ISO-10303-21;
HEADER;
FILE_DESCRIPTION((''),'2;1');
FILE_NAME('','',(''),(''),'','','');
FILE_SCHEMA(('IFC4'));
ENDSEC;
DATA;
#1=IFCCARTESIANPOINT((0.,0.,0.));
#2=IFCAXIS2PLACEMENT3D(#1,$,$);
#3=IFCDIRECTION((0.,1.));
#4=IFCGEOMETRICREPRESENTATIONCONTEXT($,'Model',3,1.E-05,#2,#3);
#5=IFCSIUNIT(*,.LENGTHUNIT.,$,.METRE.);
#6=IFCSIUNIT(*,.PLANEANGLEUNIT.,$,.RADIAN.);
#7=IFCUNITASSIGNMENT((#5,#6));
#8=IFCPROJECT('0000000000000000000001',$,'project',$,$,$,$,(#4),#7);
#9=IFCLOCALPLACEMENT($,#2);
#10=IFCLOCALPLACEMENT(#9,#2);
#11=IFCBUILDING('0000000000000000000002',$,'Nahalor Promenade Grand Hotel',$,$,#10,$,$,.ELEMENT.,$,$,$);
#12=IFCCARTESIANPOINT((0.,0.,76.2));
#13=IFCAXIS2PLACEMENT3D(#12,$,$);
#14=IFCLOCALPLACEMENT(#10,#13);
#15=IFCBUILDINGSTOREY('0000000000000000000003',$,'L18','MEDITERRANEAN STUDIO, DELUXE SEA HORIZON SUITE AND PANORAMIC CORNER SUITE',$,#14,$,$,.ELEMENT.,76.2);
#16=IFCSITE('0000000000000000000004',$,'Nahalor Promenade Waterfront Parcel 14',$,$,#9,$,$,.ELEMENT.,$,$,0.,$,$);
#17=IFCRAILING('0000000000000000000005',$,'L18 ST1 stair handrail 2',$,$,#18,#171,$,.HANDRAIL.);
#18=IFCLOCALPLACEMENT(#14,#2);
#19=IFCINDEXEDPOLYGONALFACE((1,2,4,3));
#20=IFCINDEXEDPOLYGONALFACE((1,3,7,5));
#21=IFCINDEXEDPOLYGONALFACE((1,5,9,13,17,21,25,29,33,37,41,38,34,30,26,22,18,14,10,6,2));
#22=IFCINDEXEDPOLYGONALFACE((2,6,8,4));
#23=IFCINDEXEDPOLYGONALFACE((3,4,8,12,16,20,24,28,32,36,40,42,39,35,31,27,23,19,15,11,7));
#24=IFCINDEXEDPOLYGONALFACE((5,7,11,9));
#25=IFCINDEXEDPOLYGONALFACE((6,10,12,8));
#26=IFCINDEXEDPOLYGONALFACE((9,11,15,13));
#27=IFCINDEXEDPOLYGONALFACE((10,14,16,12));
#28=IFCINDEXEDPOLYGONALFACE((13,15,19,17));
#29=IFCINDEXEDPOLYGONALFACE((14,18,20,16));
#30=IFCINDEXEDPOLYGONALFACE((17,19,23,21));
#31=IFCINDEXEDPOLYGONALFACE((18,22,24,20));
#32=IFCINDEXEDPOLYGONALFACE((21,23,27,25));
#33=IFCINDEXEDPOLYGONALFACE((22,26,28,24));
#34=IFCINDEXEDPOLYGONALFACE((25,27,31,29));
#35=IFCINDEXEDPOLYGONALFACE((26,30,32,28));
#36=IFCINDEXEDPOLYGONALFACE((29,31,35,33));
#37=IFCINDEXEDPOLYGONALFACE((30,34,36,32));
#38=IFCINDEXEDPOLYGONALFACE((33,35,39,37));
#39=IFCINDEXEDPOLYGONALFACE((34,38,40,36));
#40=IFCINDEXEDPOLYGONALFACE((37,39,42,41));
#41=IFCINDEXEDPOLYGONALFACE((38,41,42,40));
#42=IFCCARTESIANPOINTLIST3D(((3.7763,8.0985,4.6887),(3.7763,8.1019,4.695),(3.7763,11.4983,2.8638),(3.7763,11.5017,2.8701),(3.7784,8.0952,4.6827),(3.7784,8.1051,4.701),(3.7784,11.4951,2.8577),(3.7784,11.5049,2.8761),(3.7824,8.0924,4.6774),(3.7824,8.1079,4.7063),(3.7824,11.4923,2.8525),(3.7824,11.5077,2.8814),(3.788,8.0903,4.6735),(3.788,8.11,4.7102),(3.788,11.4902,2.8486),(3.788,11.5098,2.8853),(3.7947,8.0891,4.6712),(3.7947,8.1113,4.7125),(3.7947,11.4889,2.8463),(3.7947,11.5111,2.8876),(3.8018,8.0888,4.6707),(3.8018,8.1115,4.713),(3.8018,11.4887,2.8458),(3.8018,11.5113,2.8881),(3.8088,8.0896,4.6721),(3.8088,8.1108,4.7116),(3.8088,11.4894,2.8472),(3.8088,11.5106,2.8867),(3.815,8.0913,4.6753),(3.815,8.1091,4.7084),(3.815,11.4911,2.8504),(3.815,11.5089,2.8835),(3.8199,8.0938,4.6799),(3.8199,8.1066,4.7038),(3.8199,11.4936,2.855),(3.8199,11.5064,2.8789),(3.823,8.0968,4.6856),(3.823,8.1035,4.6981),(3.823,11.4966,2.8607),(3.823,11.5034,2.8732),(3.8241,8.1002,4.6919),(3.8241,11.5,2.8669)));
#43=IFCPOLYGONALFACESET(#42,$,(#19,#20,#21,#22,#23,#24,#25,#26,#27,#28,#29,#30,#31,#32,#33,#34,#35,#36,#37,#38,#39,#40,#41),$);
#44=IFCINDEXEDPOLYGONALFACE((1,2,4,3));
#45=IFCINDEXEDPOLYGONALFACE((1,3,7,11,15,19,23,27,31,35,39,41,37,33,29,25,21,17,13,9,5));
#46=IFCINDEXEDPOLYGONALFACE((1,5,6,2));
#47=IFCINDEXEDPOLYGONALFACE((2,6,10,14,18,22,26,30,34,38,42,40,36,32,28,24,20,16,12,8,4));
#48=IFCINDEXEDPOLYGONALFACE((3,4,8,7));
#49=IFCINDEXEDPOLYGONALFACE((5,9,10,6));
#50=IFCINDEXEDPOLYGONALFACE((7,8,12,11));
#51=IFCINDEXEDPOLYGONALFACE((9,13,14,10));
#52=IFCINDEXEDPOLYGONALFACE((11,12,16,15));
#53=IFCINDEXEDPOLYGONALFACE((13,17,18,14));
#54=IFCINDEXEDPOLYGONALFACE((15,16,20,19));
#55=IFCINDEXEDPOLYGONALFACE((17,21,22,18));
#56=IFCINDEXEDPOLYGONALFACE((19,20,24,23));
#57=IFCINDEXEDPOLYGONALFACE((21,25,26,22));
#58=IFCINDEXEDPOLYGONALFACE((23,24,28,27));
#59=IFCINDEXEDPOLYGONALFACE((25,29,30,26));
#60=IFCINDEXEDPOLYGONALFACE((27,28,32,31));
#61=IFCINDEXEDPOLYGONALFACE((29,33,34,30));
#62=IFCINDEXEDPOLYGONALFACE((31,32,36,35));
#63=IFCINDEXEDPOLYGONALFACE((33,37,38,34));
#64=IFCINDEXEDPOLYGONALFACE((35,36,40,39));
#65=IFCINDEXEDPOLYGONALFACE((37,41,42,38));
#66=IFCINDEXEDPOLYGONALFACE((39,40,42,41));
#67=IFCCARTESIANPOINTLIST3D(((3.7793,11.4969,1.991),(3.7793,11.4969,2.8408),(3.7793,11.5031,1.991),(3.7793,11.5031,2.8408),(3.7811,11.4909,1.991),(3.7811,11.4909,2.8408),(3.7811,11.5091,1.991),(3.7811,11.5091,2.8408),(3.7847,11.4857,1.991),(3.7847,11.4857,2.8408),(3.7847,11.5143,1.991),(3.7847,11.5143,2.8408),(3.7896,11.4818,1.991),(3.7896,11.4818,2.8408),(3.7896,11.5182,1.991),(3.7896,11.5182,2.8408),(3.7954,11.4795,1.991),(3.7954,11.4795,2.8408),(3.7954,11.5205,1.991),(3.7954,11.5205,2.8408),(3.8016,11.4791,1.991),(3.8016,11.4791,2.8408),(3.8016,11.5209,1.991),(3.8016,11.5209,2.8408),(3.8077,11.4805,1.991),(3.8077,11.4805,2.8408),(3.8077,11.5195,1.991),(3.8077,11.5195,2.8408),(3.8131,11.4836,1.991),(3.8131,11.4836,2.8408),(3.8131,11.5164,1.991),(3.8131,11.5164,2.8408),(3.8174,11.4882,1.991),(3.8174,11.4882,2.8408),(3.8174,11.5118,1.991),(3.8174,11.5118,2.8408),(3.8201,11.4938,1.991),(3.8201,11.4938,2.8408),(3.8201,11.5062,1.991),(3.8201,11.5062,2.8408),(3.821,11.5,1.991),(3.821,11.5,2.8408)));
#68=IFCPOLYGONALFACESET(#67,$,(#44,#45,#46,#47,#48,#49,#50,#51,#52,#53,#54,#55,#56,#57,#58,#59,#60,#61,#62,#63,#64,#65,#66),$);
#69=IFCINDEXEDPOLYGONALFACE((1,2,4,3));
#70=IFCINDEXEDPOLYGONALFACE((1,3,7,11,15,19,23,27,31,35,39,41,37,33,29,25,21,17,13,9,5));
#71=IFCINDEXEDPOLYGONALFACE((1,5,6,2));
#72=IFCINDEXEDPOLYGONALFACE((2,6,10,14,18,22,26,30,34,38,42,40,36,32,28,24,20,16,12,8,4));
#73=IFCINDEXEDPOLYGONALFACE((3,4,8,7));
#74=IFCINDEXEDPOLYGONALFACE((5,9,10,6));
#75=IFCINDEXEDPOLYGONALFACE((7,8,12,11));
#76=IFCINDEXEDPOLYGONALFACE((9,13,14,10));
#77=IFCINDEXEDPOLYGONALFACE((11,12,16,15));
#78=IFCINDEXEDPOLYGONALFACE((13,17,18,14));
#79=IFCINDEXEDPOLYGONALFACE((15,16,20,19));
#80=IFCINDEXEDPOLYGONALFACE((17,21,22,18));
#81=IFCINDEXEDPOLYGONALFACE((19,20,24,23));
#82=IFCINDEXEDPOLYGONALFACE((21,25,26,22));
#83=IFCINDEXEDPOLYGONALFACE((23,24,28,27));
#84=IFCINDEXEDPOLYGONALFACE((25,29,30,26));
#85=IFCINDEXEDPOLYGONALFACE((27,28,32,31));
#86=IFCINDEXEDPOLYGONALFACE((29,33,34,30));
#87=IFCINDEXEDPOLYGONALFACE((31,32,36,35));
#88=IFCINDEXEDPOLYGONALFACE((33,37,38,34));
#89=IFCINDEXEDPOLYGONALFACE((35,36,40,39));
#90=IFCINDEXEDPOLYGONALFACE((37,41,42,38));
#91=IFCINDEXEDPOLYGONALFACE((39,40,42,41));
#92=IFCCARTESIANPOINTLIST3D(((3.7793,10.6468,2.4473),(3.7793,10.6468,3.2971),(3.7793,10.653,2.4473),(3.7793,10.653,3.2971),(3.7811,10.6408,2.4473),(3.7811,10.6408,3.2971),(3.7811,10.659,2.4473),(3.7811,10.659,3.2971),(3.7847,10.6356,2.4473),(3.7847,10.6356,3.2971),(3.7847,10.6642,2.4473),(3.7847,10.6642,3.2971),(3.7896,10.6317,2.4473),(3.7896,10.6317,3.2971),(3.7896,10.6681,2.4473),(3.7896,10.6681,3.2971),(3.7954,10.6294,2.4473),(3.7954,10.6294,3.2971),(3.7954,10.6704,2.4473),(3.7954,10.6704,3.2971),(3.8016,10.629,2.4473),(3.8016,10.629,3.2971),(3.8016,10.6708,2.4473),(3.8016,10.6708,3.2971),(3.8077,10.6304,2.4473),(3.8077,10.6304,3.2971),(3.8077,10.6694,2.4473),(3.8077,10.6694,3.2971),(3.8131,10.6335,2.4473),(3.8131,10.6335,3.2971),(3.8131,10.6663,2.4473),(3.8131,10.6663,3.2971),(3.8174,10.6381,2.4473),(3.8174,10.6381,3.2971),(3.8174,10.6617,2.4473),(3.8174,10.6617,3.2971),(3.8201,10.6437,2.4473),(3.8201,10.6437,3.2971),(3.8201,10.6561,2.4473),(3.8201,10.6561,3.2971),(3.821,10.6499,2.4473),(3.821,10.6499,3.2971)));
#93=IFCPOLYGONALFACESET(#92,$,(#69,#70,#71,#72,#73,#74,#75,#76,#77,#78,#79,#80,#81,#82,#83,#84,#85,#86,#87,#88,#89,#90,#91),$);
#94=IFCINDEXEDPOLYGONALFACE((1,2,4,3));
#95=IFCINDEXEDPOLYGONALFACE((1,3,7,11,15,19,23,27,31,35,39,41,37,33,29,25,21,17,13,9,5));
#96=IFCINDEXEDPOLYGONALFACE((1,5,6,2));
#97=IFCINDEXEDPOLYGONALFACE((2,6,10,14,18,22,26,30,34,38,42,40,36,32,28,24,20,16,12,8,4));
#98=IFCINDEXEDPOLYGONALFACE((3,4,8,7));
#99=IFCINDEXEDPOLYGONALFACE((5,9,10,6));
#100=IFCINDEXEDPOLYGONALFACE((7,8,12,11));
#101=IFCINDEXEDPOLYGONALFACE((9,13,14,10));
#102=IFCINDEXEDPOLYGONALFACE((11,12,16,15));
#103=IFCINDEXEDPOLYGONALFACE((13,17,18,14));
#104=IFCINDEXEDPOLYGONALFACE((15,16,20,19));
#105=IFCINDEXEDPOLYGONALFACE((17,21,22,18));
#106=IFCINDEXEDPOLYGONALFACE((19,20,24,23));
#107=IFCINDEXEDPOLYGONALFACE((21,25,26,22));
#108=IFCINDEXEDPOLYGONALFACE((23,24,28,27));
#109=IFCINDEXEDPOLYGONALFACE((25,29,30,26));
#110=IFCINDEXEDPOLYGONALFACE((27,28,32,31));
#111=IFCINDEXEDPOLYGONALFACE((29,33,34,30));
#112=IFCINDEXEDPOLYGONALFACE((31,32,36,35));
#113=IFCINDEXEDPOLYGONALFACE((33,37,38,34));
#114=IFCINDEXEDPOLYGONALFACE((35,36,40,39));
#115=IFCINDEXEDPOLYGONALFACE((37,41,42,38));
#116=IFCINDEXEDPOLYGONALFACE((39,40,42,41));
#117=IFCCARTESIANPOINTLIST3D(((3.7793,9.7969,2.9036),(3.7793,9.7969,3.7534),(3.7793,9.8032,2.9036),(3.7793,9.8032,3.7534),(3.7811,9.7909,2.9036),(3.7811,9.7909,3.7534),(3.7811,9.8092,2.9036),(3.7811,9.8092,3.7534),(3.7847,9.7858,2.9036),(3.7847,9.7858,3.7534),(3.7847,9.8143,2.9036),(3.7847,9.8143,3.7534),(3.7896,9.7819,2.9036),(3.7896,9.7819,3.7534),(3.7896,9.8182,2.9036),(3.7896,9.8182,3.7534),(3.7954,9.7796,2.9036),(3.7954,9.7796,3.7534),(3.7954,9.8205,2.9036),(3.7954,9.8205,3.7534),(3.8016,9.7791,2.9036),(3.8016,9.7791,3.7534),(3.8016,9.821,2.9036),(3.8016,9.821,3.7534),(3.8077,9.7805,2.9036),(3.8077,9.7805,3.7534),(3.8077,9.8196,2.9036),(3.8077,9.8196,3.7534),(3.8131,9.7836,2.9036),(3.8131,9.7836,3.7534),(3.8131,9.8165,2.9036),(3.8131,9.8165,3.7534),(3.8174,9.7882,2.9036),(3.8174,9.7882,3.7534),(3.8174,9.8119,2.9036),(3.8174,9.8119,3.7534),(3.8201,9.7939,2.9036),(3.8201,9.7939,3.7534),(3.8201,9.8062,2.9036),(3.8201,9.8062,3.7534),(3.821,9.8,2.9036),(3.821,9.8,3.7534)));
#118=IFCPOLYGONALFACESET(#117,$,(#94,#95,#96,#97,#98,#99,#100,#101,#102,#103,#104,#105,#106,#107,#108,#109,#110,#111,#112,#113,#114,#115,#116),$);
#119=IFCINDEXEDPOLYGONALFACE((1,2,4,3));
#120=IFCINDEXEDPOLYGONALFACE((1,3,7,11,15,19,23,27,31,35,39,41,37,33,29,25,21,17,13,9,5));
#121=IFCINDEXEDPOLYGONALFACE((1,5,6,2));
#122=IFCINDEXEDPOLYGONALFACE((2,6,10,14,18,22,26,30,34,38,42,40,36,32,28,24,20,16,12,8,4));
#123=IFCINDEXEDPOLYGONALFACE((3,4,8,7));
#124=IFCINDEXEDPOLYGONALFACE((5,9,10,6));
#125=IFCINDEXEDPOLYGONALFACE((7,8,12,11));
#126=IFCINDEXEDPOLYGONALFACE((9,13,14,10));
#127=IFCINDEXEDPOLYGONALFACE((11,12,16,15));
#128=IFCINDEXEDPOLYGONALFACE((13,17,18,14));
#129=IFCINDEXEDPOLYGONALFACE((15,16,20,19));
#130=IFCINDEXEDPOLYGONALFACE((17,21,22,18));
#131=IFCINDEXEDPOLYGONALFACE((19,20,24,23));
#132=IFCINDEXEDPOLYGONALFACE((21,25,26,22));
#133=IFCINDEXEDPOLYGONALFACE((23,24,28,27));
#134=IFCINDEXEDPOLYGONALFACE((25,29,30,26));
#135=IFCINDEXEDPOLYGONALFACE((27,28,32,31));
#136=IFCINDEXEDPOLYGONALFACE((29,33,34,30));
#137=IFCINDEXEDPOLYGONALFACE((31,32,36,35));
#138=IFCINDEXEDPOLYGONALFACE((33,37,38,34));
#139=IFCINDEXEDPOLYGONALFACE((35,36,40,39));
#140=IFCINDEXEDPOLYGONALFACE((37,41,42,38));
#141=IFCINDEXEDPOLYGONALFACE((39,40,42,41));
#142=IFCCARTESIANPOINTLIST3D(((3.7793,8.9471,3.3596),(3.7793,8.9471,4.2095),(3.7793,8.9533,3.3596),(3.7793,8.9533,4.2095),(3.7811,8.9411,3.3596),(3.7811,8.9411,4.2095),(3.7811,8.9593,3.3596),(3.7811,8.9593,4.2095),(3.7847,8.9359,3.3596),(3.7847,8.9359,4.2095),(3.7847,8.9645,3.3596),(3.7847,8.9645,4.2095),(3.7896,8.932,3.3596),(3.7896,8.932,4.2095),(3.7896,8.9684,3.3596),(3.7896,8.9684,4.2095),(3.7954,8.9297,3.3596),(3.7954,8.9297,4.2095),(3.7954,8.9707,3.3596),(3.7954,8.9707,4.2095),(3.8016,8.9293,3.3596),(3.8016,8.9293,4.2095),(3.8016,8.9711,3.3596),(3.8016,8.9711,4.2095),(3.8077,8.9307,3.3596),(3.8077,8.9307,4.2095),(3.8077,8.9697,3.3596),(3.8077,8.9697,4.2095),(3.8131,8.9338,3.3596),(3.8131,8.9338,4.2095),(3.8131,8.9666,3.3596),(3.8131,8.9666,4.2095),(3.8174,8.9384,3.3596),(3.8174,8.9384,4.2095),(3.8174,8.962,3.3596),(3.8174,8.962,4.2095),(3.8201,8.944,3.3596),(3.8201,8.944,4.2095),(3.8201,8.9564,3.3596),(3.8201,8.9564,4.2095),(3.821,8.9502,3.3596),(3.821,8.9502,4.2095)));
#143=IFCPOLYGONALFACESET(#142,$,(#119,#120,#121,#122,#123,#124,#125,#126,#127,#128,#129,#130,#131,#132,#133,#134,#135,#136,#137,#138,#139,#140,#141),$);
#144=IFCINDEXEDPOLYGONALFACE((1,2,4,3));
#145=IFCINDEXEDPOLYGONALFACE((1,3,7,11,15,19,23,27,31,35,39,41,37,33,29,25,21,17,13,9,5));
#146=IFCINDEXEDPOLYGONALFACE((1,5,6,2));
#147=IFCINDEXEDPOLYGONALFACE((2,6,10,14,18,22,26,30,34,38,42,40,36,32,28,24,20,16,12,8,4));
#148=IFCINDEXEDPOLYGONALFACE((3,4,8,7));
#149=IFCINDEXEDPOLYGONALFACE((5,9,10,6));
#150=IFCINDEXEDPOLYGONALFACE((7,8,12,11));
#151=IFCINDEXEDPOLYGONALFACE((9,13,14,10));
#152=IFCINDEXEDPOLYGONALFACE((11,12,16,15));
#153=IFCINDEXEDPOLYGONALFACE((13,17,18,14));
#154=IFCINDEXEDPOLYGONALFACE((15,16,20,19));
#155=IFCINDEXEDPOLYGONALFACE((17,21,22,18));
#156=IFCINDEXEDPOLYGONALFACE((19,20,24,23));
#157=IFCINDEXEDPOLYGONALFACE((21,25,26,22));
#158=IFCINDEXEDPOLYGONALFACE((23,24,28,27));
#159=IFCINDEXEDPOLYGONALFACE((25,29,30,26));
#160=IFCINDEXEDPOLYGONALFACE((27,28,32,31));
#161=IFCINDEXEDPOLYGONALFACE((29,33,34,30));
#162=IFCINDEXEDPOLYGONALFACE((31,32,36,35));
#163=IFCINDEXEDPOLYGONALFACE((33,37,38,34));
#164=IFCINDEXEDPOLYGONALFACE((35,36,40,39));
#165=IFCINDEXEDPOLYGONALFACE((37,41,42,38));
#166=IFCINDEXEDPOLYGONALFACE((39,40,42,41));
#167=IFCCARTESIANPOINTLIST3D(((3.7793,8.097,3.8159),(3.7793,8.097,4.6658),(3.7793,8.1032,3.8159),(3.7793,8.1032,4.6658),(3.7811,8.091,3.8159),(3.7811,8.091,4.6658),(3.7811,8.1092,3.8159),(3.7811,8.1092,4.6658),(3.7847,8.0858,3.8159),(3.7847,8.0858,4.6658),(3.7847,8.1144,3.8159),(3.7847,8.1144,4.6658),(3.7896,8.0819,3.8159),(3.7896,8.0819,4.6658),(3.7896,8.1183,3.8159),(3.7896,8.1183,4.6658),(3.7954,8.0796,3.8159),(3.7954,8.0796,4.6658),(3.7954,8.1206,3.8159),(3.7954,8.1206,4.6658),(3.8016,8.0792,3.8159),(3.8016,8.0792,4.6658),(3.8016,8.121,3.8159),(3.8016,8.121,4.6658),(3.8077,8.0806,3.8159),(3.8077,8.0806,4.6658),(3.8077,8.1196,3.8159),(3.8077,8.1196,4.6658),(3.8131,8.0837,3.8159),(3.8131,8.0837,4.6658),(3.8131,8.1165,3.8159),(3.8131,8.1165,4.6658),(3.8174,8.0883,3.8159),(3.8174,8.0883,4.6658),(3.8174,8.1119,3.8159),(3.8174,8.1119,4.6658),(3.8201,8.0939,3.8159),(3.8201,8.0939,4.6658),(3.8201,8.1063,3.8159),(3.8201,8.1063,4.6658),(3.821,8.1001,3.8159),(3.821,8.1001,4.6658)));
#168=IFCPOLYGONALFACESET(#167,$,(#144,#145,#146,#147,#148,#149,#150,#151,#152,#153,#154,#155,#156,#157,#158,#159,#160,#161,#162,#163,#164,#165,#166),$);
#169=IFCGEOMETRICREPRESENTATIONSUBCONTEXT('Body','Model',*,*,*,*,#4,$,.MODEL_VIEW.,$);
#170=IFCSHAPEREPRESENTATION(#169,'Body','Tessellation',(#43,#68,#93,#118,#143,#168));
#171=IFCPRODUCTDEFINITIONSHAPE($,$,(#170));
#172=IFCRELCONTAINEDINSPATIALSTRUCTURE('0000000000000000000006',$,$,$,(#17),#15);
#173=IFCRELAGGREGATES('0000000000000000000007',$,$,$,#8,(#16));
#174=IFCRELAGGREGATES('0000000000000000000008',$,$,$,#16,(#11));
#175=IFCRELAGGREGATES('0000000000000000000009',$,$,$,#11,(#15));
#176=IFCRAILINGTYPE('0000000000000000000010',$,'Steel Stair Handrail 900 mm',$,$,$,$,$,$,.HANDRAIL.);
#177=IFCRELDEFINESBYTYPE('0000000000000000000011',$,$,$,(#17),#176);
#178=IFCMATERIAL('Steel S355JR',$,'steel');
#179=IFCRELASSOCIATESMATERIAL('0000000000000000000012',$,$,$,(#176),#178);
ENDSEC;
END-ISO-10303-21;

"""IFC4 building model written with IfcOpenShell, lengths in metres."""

from ifc_helpers import new_model, si_unit, direction, frame, origin, origin_2d, place, context, subcontext, project, spatial, circle, extrude, material, type_object, element, save


model = new_model("IFC4")

# Units and contexts
model_context = context("Model", 3, precision=1e-05, world=origin(), true_north=direction((0.0, 1.0)))
body_context = subcontext(model_context, "Body", "Model", "MODEL_VIEW")
ifc_project = project(units=[si_unit("LENGTHUNIT", "METRE"), si_unit("PLANEANGLEUNIT", "RADIAN")], contexts=[model_context])

# Site, building, storey
site_placement = place(None, origin())
site = spatial("IfcSite", under=ifc_project, at=site_placement, Name="Nahalor Promenade Waterfront Parcel 14", CompositionType="ELEMENT", RefElevation=0.0)
building_placement = place(site_placement, origin())
building = spatial("IfcBuilding", under=site, at=building_placement, Name="Nahalor Promenade Grand Hotel", CompositionType="ELEMENT")
storey_placement = place(building_placement, frame((0.0, 0.0, 76.2)))
storey = spatial("IfcBuildingStorey", under=building, at=storey_placement, Name="L18", Description="MEDITERRANEAN STUDIO, DELUXE SEA HORIZON SUITE AND PANORAMIC CORNER SUITE", CompositionType="ELEMENT", Elevation=76.2)

# Shared definitions
ifc_material_1 = material(Name="Steel S355JR", Category="steel")

# Railing
railing_type_1 = type_object("IfcRailingType", Name="Steel Stair Handrail 900 mm", PredefinedType="HANDRAIL", material=ifc_material_1)
railing_1_placement = place(storey_placement, frame((3.8, 11.5, 1.991)))
element("IfcRailing", 1, at=railing_1_placement, inside=storey, type_object=railing_type_1, Name="L18 ST1 stair handrail 2", PredefinedType="HANDRAIL", context=body_context, shape_type="SweptSolid", body=[
    extrude(circle(Radius=0.024, at=origin_2d()), frame((0.0, 0.0, 0.876), z_axis=(0.0, -0.881094, 0.472941), x_axis=(1.0, 0.0, 0.0)), (0.0, 0.0, 1.0), 3.8586),
    extrude(circle(Radius=0.021, at=origin_2d()), origin(), (0.0, 0.0, 1.0), 0.8499),
    extrude(circle(Radius=0.021, at=origin_2d()), frame((0.0, -0.8501, 0.4563)), (0.0, 0.0, 1.0), 0.8499),
    extrude(circle(Radius=0.021, at=origin_2d()), frame((0.0, -1.7, 0.9126)), (0.0, 0.0, 1.0), 0.8499),
    extrude(circle(Radius=0.021, at=origin_2d()), frame((0.0, -2.5498, 1.3687)), (0.0, 0.0, 1.0), 0.8499),
    extrude(circle(Radius=0.021, at=origin_2d()), frame((0.0, -3.3999, 1.825)), (0.0, 0.0, 1.0), 0.8499),
])

save(model, "model.ifc")
